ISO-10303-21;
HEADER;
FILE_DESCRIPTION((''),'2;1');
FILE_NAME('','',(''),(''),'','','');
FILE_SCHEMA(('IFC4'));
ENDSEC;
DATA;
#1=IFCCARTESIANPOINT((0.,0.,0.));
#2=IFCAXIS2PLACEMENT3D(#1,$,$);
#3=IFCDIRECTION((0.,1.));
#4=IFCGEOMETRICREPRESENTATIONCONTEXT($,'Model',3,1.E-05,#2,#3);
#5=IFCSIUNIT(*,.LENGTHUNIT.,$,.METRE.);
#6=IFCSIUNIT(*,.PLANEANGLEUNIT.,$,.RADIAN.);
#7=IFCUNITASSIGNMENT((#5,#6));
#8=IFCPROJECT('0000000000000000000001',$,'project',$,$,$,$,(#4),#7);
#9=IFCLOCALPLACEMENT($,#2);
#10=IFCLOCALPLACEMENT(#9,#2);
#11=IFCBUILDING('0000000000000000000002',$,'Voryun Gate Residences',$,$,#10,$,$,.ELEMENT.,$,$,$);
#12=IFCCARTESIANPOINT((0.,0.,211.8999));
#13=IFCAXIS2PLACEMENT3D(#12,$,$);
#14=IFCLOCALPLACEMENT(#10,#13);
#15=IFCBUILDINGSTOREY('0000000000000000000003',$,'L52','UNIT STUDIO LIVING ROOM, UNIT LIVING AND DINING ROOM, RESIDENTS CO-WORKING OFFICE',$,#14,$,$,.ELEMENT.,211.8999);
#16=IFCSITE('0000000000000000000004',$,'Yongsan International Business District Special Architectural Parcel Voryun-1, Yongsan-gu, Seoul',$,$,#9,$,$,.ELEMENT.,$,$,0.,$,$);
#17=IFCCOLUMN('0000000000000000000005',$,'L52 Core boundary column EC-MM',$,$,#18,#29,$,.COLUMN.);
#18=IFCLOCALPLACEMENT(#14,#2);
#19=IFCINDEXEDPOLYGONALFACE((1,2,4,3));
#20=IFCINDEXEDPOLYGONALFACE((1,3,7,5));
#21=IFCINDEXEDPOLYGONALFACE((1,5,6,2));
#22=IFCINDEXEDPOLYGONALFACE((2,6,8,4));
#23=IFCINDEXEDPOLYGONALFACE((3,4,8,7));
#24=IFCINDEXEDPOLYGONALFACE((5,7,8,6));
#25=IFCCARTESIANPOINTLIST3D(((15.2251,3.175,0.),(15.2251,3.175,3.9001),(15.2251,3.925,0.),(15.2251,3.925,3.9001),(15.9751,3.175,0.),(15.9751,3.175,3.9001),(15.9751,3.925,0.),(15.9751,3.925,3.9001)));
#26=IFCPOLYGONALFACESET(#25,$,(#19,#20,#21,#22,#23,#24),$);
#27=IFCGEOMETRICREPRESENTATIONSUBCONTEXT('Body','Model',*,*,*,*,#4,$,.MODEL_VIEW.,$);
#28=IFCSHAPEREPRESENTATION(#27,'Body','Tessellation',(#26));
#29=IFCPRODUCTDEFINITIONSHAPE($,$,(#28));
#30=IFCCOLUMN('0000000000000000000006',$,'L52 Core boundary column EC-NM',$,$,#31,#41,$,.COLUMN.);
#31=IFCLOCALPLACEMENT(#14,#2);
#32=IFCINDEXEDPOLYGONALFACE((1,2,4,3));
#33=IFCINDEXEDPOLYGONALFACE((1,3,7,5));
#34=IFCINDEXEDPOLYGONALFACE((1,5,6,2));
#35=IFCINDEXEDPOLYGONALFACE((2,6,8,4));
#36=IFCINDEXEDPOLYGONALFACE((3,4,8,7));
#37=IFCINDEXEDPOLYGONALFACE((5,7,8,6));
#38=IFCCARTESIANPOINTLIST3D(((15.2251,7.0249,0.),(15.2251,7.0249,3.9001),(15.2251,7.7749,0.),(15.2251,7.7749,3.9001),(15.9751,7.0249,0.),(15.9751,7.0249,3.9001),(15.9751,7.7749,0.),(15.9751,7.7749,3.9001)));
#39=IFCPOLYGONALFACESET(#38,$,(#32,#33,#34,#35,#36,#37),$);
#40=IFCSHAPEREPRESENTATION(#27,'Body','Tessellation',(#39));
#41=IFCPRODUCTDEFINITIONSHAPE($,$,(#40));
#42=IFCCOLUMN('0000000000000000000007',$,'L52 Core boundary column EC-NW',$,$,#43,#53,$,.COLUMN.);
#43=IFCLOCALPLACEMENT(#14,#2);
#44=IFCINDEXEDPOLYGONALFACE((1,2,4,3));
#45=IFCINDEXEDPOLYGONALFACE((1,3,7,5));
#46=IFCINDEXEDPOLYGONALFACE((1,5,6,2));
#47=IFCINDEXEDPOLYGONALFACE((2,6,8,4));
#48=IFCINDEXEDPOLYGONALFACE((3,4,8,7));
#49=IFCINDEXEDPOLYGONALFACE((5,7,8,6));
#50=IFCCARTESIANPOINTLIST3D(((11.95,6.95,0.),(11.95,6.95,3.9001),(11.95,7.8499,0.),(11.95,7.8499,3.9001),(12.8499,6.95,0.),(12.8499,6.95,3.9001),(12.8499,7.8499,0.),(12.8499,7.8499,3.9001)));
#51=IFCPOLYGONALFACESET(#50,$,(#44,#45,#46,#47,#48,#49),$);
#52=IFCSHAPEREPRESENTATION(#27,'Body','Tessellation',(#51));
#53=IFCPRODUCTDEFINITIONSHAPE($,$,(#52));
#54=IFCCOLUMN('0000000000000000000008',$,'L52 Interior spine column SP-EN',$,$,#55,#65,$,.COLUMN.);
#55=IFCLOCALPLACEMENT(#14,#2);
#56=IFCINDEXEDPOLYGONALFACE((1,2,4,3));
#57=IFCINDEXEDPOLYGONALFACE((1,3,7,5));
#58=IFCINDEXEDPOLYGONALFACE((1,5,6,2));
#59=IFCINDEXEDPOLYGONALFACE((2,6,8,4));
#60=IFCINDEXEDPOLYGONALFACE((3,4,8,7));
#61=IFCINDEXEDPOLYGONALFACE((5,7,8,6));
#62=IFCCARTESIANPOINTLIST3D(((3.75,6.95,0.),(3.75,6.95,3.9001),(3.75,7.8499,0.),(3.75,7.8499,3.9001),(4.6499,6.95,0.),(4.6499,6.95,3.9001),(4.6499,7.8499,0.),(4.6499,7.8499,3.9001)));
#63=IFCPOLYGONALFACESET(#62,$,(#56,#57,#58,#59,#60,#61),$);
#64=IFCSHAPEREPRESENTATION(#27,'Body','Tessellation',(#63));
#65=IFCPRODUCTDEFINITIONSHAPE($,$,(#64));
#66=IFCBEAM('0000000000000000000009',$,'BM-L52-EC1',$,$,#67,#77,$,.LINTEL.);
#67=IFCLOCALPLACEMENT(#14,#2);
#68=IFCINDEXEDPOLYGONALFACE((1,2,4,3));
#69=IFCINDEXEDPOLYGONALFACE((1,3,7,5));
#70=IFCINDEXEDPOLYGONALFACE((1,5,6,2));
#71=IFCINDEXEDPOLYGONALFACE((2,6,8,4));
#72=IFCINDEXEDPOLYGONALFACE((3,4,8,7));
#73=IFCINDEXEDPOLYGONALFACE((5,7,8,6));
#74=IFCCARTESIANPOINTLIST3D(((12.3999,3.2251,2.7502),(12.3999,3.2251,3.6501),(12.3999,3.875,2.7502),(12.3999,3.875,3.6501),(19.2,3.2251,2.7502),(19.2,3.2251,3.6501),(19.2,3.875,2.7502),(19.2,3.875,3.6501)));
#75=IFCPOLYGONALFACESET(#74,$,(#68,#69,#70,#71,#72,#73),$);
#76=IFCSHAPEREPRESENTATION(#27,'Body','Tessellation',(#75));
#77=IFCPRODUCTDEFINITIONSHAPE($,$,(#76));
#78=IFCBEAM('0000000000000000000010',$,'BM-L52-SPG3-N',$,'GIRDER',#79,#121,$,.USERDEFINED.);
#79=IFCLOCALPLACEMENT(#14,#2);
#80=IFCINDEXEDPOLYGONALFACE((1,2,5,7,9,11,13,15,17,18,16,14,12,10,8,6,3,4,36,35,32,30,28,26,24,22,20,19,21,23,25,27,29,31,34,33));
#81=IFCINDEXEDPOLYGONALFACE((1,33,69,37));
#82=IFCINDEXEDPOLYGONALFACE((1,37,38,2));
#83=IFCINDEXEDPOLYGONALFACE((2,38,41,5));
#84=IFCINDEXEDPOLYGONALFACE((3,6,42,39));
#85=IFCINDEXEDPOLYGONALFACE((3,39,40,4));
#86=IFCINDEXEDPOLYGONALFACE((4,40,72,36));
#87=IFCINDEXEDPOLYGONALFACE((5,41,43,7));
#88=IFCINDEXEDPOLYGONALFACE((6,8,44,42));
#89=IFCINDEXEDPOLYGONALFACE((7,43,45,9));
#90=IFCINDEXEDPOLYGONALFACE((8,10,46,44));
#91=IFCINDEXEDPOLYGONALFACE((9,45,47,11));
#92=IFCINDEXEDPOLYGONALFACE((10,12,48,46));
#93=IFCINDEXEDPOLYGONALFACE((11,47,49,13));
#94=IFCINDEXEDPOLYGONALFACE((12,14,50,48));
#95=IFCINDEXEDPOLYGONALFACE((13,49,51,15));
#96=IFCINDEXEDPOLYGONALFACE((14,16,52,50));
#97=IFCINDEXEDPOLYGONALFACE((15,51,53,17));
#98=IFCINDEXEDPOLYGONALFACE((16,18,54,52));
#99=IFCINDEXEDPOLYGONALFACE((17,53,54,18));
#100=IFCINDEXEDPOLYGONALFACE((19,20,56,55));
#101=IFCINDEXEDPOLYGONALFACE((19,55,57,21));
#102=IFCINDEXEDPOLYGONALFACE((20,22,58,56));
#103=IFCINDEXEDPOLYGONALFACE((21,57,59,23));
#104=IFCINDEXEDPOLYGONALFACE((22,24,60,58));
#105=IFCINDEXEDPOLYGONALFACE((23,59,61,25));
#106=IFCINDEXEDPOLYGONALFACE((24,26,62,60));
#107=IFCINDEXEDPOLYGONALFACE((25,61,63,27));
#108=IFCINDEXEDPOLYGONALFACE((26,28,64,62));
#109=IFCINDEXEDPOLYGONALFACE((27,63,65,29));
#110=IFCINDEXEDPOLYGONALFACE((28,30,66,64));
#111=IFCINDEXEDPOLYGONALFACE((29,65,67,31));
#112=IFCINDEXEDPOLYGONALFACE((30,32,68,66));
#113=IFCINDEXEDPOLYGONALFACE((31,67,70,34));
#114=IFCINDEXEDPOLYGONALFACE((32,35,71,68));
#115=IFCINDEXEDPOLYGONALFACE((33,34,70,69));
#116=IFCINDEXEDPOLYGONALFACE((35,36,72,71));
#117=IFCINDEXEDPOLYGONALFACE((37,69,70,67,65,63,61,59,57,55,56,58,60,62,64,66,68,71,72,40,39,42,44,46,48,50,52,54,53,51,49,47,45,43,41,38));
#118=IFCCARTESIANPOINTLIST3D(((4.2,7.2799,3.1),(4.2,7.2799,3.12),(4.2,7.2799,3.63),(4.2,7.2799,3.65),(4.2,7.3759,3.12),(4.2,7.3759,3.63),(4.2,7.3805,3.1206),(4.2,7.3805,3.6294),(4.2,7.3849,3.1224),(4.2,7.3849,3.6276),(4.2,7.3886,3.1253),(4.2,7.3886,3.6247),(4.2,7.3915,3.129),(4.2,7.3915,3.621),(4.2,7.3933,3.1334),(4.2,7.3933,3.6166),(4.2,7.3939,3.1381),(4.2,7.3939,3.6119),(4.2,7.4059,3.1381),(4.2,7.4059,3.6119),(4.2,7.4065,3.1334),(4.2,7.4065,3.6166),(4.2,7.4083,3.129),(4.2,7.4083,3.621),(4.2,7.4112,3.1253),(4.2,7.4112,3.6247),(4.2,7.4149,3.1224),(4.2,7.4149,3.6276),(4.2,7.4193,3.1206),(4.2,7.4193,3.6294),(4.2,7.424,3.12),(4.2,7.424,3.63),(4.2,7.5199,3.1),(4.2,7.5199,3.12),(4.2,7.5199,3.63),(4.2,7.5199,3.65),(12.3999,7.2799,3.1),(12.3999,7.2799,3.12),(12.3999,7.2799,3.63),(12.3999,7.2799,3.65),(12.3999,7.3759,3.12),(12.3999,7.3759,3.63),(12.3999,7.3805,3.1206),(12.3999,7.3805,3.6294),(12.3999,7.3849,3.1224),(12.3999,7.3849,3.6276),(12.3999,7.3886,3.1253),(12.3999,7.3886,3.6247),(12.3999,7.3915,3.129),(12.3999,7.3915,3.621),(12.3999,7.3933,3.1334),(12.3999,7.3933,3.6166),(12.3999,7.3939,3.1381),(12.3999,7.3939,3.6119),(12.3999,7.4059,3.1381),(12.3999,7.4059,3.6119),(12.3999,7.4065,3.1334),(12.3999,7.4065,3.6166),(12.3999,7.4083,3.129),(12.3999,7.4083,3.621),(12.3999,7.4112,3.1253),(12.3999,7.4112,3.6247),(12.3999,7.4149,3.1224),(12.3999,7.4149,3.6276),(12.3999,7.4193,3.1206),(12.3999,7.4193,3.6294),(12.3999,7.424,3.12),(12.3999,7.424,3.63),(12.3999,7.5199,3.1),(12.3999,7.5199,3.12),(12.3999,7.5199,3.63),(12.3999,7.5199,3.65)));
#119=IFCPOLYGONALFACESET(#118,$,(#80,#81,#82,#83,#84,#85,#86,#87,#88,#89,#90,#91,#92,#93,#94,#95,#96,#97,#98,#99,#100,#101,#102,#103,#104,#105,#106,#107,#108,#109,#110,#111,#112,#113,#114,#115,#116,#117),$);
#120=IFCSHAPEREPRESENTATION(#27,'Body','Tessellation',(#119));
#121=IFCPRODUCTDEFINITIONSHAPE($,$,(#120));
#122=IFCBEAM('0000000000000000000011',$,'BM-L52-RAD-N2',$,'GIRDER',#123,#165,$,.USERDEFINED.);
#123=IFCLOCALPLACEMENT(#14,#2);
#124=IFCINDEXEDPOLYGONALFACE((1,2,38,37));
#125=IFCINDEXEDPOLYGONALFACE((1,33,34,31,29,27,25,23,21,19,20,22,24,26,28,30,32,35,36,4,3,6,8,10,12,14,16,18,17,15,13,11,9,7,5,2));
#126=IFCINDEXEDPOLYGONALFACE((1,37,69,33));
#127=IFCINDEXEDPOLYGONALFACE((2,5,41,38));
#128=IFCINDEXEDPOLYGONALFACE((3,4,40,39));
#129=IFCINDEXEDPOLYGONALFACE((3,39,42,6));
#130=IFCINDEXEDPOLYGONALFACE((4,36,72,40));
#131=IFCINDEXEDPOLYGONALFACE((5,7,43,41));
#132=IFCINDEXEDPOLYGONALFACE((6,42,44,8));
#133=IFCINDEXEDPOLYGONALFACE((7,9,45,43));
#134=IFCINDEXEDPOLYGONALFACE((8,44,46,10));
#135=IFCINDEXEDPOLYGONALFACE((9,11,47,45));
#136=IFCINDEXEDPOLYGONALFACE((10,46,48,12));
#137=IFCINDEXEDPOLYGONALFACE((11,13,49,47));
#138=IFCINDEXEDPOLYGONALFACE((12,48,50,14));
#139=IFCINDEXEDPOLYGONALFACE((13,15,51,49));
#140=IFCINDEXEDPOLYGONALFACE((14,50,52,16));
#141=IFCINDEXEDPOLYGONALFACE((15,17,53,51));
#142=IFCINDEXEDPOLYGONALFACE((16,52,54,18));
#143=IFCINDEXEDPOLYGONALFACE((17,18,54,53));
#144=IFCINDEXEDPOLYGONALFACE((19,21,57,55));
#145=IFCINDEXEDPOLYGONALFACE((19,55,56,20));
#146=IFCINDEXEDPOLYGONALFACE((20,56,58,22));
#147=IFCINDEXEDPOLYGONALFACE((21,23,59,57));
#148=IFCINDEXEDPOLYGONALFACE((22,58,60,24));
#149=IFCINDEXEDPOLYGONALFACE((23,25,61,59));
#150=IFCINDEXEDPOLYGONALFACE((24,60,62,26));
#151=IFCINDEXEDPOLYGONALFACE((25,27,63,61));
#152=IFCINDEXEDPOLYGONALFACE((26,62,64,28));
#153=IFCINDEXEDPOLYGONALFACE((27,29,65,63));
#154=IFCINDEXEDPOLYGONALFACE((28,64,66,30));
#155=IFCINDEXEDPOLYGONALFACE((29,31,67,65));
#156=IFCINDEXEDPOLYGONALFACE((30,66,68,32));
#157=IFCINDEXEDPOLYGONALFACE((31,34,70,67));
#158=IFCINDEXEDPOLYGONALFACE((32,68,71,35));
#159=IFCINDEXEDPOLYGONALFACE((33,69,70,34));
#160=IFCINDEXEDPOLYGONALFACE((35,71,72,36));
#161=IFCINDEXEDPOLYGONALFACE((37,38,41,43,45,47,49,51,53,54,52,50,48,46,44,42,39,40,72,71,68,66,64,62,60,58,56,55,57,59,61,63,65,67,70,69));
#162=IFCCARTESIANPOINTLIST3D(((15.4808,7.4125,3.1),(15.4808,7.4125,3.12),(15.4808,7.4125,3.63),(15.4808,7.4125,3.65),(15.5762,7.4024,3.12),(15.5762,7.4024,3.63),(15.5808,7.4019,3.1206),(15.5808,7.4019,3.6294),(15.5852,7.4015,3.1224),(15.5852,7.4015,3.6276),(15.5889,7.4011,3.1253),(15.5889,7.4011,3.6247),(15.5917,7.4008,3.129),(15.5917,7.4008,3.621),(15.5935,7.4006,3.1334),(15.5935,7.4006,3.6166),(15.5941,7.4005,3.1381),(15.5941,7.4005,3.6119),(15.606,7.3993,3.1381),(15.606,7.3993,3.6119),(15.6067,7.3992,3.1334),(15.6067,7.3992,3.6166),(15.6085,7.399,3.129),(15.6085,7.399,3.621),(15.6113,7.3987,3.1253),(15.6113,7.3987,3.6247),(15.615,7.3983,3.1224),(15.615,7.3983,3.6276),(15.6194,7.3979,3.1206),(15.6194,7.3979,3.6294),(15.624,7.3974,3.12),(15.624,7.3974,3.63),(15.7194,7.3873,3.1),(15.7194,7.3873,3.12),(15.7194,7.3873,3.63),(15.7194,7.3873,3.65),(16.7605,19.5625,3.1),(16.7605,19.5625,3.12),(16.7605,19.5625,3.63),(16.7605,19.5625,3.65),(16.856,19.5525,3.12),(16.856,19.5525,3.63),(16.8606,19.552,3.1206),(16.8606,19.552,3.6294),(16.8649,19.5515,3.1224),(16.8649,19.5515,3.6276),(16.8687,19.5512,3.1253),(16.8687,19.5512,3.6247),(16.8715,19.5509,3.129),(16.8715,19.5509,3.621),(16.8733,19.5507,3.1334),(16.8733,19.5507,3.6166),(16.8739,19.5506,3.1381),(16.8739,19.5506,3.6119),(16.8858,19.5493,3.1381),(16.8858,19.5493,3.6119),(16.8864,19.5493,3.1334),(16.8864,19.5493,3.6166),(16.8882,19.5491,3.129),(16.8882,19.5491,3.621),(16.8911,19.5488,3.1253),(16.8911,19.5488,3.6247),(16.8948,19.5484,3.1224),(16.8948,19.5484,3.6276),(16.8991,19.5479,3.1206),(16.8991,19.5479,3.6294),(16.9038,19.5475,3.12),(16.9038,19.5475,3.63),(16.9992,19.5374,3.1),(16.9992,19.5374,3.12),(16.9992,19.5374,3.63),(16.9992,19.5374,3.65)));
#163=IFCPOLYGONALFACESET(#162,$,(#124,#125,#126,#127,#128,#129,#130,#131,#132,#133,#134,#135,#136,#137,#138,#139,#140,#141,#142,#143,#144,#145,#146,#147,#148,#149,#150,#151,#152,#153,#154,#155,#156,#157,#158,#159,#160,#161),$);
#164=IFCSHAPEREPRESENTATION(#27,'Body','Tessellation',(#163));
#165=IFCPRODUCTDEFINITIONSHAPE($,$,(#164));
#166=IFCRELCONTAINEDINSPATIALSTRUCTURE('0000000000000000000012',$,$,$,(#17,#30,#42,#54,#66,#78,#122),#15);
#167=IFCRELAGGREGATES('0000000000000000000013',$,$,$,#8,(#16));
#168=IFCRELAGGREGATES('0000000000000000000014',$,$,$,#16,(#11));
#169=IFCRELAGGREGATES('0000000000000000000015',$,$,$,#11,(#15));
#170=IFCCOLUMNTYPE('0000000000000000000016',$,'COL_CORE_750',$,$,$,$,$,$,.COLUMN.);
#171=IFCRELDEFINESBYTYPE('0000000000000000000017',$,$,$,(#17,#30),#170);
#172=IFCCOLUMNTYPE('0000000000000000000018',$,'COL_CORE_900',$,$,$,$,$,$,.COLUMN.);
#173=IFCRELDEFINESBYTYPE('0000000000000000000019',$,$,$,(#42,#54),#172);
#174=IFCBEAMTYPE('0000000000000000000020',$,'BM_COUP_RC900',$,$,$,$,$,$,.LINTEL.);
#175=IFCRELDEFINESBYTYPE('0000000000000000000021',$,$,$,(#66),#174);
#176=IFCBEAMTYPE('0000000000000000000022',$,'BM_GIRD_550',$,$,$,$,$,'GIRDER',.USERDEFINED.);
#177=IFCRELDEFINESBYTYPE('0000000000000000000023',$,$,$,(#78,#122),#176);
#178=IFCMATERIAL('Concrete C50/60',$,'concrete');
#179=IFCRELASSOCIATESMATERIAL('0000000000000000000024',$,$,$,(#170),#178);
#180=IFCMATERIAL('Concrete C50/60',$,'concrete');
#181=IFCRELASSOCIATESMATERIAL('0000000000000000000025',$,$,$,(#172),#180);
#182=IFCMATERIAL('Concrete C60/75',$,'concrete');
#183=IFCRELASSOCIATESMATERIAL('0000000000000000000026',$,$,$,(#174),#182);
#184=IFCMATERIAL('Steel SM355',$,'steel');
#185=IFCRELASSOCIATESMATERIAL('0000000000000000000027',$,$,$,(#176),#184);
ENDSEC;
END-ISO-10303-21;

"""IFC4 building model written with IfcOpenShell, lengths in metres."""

from ifc_helpers import new_model, si_unit, direction, frame, origin, origin_2d, place, context, subcontext, project, spatial, rectangle, i_section, extrude, material, material_profile, profile_set, type_object, element, save


model = new_model("IFC4")

# Units and contexts
model_context = context("Model", 3, precision=1e-05, world=origin(), true_north=direction((0.0, 1.0)))
body_context = subcontext(model_context, "Body", "Model", "MODEL_VIEW")
ifc_project = project(units=[si_unit("LENGTHUNIT", "METRE"), si_unit("PLANEANGLEUNIT", "RADIAN")], contexts=[model_context])

# Site, building, storey
site_placement = place(None, origin())
site = spatial("IfcSite", under=ifc_project, at=site_placement, Name="Yongsan International Business District Special Architectural Parcel Voryun-1, Yongsan-gu, Seoul", CompositionType="ELEMENT", RefElevation=0.0)
building_placement = place(site_placement, origin())
building = spatial("IfcBuilding", under=site, at=building_placement, Name="Voryun Gate Residences", CompositionType="ELEMENT")
storey_placement = place(building_placement, frame((0.0, 0.0, 211.8999)))
storey = spatial("IfcBuildingStorey", under=building, at=storey_placement, Name="L52", Description="UNIT STUDIO LIVING ROOM, UNIT LIVING AND DINING ROOM, RESIDENTS CO-WORKING OFFICE", CompositionType="ELEMENT", Elevation=211.8999)

# Columns
ifc_material_1 = material(Name="Concrete C50/60", Category="concrete")
ifc_material_profile_1 = material_profile(ifc_material_1, rectangle(XDim=0.75, YDim=0.75, at=origin_2d()), Name="RC-750x750")
ifc_profile_set_1 = profile_set([ifc_material_profile_1], Name="Concrete C50/60")
column_type_1 = type_object("IfcColumnType", Name="COL_CORE_750", PredefinedType="COLUMN", material=ifc_profile_set_1)
for number, where, z_axis, x_axis, name in (
    (1, (15.6001, 3.55, 0.0), (0.0, 0.0, 1.0), (1.0, 0.0, 0.0), "L52 Core boundary column EC-MM"),
    (2, (15.6001, 7.3999, 0.0), (0.0, 0.0, 1.0), (1.0, 0.0, 0.0), "L52 Core boundary column EC-NM"),
):
    element("IfcColumn", number, at=place(storey_placement, frame(where, z_axis=z_axis, x_axis=x_axis)), inside=storey, type_object=column_type_1, Name=name, PredefinedType="COLUMN", context=body_context, shape_type="SweptSolid", body=[
        extrude(rectangle(XDim=0.75, YDim=0.75, at=origin_2d()), origin(), (0.0, 0.0, 1.0), 3.9001),
    ])
ifc_material_2 = material(Name="Concrete C50/60", Category="concrete")
ifc_material_profile_2 = material_profile(ifc_material_2, rectangle(XDim=0.8999, YDim=0.8999, at=origin_2d()), Name="RC-900x900")
ifc_profile_set_2 = profile_set([ifc_material_profile_2], Name="Concrete C50/60")
column_type_2 = type_object("IfcColumnType", Name="COL_CORE_900", PredefinedType="COLUMN", material=ifc_profile_set_2)
for number, where, z_axis, x_axis, name in (
    (3, (12.3999, 7.3999, 0.0), (0.0, 0.0, 1.0), (1.0, 0.0, 0.0), "L52 Core boundary column EC-NW"),
    (4, (4.2, 7.3999, 0.0), (0.0, 0.0, 1.0), (1.0, 0.0, 0.0), "L52 Interior spine column SP-EN"),
):
    element("IfcColumn", number, at=place(storey_placement, frame(where, z_axis=z_axis, x_axis=x_axis)), inside=storey, type_object=column_type_2, Name=name, PredefinedType="COLUMN", context=body_context, shape_type="SweptSolid", body=[
        extrude(rectangle(XDim=0.8999, YDim=0.8999, at=origin_2d()), origin(), (0.0, 0.0, 1.0), 3.9001),
    ])

# Beams
ifc_material_3 = material(Name="Concrete C60/75", Category="concrete")
ifc_material_profile_3 = material_profile(ifc_material_3, rectangle(XDim=0.6499, YDim=0.8999, at=origin_2d()), Name="RC-650x900")
ifc_profile_set_3 = profile_set([ifc_material_profile_3], Name="Concrete C60/75")
beam_type_1 = type_object("IfcBeamType", Name="BM_COUP_RC900", PredefinedType="LINTEL", material=ifc_profile_set_3)
beam_1_placement = place(storey_placement, frame((12.3999, 3.55, 3.2002), z_axis=(1.0, 0.0, 0.0), x_axis=(0.0, 1.0, 0.0)))
element("IfcBeam", 5, at=beam_1_placement, inside=storey, type_object=beam_type_1, Name="BM-L52-EC1", PredefinedType="LINTEL", context=body_context, shape_type="SweptSolid", body=[
    extrude(rectangle(XDim=0.6499, YDim=0.8999, at=origin_2d()), origin(), (0.0, 0.0, 1.0), 6.8),
])
ifc_material_4 = material(Name="Steel SM355", Category="steel")
ifc_material_profile_4 = material_profile(ifc_material_4, i_section(OverallWidth=0.24, OverallDepth=0.55, WebThickness=0.012, FlangeThickness=0.02, FilletRadius=0.0181, at=origin_2d()), Name="H-550x240x12x20")
ifc_profile_set_4 = profile_set([ifc_material_profile_4], Name="Steel SM355")
beam_type_2 = type_object("IfcBeamType", Name="BM_GIRD_550", ElementType="GIRDER", PredefinedType="USERDEFINED", material=ifc_profile_set_4)
beam_2_placement = place(storey_placement, frame((4.2, 7.3999, 3.375), z_axis=(1.0, 0.0, 0.0), x_axis=(0.0, 1.0, 0.0)))
element("IfcBeam", 6, at=beam_2_placement, inside=storey, type_object=beam_type_2, Name="BM-L52-SPG3-N", ObjectType="GIRDER", PredefinedType="USERDEFINED", context=body_context, shape_type="SweptSolid", body=[
    extrude(i_section(OverallWidth=0.24, OverallDepth=0.55, WebThickness=0.012, FlangeThickness=0.02, FilletRadius=0.0181, at=origin_2d()), origin(), (0.0, 0.0, 1.0), 8.2),
])
beam_3_placement = place(storey_placement, frame((15.6001, 7.3999, 3.375), z_axis=(0.104751, 0.994498, 0.0), x_axis=(-0.994498, 0.104751, 0.0)))
element("IfcBeam", 7, at=beam_3_placement, inside=storey, type_object=beam_type_2, Name="BM-L52-RAD-N2", ObjectType="GIRDER", PredefinedType="USERDEFINED", context=body_context, shape_type="SweptSolid", body=[
    extrude(i_section(OverallWidth=0.24, OverallDepth=0.55, WebThickness=0.012, FlangeThickness=0.02, FilletRadius=0.0181, at=origin_2d()), origin(), (0.0, 0.0, 1.0), 12.2173),
])

save(model, "model.ifc")
